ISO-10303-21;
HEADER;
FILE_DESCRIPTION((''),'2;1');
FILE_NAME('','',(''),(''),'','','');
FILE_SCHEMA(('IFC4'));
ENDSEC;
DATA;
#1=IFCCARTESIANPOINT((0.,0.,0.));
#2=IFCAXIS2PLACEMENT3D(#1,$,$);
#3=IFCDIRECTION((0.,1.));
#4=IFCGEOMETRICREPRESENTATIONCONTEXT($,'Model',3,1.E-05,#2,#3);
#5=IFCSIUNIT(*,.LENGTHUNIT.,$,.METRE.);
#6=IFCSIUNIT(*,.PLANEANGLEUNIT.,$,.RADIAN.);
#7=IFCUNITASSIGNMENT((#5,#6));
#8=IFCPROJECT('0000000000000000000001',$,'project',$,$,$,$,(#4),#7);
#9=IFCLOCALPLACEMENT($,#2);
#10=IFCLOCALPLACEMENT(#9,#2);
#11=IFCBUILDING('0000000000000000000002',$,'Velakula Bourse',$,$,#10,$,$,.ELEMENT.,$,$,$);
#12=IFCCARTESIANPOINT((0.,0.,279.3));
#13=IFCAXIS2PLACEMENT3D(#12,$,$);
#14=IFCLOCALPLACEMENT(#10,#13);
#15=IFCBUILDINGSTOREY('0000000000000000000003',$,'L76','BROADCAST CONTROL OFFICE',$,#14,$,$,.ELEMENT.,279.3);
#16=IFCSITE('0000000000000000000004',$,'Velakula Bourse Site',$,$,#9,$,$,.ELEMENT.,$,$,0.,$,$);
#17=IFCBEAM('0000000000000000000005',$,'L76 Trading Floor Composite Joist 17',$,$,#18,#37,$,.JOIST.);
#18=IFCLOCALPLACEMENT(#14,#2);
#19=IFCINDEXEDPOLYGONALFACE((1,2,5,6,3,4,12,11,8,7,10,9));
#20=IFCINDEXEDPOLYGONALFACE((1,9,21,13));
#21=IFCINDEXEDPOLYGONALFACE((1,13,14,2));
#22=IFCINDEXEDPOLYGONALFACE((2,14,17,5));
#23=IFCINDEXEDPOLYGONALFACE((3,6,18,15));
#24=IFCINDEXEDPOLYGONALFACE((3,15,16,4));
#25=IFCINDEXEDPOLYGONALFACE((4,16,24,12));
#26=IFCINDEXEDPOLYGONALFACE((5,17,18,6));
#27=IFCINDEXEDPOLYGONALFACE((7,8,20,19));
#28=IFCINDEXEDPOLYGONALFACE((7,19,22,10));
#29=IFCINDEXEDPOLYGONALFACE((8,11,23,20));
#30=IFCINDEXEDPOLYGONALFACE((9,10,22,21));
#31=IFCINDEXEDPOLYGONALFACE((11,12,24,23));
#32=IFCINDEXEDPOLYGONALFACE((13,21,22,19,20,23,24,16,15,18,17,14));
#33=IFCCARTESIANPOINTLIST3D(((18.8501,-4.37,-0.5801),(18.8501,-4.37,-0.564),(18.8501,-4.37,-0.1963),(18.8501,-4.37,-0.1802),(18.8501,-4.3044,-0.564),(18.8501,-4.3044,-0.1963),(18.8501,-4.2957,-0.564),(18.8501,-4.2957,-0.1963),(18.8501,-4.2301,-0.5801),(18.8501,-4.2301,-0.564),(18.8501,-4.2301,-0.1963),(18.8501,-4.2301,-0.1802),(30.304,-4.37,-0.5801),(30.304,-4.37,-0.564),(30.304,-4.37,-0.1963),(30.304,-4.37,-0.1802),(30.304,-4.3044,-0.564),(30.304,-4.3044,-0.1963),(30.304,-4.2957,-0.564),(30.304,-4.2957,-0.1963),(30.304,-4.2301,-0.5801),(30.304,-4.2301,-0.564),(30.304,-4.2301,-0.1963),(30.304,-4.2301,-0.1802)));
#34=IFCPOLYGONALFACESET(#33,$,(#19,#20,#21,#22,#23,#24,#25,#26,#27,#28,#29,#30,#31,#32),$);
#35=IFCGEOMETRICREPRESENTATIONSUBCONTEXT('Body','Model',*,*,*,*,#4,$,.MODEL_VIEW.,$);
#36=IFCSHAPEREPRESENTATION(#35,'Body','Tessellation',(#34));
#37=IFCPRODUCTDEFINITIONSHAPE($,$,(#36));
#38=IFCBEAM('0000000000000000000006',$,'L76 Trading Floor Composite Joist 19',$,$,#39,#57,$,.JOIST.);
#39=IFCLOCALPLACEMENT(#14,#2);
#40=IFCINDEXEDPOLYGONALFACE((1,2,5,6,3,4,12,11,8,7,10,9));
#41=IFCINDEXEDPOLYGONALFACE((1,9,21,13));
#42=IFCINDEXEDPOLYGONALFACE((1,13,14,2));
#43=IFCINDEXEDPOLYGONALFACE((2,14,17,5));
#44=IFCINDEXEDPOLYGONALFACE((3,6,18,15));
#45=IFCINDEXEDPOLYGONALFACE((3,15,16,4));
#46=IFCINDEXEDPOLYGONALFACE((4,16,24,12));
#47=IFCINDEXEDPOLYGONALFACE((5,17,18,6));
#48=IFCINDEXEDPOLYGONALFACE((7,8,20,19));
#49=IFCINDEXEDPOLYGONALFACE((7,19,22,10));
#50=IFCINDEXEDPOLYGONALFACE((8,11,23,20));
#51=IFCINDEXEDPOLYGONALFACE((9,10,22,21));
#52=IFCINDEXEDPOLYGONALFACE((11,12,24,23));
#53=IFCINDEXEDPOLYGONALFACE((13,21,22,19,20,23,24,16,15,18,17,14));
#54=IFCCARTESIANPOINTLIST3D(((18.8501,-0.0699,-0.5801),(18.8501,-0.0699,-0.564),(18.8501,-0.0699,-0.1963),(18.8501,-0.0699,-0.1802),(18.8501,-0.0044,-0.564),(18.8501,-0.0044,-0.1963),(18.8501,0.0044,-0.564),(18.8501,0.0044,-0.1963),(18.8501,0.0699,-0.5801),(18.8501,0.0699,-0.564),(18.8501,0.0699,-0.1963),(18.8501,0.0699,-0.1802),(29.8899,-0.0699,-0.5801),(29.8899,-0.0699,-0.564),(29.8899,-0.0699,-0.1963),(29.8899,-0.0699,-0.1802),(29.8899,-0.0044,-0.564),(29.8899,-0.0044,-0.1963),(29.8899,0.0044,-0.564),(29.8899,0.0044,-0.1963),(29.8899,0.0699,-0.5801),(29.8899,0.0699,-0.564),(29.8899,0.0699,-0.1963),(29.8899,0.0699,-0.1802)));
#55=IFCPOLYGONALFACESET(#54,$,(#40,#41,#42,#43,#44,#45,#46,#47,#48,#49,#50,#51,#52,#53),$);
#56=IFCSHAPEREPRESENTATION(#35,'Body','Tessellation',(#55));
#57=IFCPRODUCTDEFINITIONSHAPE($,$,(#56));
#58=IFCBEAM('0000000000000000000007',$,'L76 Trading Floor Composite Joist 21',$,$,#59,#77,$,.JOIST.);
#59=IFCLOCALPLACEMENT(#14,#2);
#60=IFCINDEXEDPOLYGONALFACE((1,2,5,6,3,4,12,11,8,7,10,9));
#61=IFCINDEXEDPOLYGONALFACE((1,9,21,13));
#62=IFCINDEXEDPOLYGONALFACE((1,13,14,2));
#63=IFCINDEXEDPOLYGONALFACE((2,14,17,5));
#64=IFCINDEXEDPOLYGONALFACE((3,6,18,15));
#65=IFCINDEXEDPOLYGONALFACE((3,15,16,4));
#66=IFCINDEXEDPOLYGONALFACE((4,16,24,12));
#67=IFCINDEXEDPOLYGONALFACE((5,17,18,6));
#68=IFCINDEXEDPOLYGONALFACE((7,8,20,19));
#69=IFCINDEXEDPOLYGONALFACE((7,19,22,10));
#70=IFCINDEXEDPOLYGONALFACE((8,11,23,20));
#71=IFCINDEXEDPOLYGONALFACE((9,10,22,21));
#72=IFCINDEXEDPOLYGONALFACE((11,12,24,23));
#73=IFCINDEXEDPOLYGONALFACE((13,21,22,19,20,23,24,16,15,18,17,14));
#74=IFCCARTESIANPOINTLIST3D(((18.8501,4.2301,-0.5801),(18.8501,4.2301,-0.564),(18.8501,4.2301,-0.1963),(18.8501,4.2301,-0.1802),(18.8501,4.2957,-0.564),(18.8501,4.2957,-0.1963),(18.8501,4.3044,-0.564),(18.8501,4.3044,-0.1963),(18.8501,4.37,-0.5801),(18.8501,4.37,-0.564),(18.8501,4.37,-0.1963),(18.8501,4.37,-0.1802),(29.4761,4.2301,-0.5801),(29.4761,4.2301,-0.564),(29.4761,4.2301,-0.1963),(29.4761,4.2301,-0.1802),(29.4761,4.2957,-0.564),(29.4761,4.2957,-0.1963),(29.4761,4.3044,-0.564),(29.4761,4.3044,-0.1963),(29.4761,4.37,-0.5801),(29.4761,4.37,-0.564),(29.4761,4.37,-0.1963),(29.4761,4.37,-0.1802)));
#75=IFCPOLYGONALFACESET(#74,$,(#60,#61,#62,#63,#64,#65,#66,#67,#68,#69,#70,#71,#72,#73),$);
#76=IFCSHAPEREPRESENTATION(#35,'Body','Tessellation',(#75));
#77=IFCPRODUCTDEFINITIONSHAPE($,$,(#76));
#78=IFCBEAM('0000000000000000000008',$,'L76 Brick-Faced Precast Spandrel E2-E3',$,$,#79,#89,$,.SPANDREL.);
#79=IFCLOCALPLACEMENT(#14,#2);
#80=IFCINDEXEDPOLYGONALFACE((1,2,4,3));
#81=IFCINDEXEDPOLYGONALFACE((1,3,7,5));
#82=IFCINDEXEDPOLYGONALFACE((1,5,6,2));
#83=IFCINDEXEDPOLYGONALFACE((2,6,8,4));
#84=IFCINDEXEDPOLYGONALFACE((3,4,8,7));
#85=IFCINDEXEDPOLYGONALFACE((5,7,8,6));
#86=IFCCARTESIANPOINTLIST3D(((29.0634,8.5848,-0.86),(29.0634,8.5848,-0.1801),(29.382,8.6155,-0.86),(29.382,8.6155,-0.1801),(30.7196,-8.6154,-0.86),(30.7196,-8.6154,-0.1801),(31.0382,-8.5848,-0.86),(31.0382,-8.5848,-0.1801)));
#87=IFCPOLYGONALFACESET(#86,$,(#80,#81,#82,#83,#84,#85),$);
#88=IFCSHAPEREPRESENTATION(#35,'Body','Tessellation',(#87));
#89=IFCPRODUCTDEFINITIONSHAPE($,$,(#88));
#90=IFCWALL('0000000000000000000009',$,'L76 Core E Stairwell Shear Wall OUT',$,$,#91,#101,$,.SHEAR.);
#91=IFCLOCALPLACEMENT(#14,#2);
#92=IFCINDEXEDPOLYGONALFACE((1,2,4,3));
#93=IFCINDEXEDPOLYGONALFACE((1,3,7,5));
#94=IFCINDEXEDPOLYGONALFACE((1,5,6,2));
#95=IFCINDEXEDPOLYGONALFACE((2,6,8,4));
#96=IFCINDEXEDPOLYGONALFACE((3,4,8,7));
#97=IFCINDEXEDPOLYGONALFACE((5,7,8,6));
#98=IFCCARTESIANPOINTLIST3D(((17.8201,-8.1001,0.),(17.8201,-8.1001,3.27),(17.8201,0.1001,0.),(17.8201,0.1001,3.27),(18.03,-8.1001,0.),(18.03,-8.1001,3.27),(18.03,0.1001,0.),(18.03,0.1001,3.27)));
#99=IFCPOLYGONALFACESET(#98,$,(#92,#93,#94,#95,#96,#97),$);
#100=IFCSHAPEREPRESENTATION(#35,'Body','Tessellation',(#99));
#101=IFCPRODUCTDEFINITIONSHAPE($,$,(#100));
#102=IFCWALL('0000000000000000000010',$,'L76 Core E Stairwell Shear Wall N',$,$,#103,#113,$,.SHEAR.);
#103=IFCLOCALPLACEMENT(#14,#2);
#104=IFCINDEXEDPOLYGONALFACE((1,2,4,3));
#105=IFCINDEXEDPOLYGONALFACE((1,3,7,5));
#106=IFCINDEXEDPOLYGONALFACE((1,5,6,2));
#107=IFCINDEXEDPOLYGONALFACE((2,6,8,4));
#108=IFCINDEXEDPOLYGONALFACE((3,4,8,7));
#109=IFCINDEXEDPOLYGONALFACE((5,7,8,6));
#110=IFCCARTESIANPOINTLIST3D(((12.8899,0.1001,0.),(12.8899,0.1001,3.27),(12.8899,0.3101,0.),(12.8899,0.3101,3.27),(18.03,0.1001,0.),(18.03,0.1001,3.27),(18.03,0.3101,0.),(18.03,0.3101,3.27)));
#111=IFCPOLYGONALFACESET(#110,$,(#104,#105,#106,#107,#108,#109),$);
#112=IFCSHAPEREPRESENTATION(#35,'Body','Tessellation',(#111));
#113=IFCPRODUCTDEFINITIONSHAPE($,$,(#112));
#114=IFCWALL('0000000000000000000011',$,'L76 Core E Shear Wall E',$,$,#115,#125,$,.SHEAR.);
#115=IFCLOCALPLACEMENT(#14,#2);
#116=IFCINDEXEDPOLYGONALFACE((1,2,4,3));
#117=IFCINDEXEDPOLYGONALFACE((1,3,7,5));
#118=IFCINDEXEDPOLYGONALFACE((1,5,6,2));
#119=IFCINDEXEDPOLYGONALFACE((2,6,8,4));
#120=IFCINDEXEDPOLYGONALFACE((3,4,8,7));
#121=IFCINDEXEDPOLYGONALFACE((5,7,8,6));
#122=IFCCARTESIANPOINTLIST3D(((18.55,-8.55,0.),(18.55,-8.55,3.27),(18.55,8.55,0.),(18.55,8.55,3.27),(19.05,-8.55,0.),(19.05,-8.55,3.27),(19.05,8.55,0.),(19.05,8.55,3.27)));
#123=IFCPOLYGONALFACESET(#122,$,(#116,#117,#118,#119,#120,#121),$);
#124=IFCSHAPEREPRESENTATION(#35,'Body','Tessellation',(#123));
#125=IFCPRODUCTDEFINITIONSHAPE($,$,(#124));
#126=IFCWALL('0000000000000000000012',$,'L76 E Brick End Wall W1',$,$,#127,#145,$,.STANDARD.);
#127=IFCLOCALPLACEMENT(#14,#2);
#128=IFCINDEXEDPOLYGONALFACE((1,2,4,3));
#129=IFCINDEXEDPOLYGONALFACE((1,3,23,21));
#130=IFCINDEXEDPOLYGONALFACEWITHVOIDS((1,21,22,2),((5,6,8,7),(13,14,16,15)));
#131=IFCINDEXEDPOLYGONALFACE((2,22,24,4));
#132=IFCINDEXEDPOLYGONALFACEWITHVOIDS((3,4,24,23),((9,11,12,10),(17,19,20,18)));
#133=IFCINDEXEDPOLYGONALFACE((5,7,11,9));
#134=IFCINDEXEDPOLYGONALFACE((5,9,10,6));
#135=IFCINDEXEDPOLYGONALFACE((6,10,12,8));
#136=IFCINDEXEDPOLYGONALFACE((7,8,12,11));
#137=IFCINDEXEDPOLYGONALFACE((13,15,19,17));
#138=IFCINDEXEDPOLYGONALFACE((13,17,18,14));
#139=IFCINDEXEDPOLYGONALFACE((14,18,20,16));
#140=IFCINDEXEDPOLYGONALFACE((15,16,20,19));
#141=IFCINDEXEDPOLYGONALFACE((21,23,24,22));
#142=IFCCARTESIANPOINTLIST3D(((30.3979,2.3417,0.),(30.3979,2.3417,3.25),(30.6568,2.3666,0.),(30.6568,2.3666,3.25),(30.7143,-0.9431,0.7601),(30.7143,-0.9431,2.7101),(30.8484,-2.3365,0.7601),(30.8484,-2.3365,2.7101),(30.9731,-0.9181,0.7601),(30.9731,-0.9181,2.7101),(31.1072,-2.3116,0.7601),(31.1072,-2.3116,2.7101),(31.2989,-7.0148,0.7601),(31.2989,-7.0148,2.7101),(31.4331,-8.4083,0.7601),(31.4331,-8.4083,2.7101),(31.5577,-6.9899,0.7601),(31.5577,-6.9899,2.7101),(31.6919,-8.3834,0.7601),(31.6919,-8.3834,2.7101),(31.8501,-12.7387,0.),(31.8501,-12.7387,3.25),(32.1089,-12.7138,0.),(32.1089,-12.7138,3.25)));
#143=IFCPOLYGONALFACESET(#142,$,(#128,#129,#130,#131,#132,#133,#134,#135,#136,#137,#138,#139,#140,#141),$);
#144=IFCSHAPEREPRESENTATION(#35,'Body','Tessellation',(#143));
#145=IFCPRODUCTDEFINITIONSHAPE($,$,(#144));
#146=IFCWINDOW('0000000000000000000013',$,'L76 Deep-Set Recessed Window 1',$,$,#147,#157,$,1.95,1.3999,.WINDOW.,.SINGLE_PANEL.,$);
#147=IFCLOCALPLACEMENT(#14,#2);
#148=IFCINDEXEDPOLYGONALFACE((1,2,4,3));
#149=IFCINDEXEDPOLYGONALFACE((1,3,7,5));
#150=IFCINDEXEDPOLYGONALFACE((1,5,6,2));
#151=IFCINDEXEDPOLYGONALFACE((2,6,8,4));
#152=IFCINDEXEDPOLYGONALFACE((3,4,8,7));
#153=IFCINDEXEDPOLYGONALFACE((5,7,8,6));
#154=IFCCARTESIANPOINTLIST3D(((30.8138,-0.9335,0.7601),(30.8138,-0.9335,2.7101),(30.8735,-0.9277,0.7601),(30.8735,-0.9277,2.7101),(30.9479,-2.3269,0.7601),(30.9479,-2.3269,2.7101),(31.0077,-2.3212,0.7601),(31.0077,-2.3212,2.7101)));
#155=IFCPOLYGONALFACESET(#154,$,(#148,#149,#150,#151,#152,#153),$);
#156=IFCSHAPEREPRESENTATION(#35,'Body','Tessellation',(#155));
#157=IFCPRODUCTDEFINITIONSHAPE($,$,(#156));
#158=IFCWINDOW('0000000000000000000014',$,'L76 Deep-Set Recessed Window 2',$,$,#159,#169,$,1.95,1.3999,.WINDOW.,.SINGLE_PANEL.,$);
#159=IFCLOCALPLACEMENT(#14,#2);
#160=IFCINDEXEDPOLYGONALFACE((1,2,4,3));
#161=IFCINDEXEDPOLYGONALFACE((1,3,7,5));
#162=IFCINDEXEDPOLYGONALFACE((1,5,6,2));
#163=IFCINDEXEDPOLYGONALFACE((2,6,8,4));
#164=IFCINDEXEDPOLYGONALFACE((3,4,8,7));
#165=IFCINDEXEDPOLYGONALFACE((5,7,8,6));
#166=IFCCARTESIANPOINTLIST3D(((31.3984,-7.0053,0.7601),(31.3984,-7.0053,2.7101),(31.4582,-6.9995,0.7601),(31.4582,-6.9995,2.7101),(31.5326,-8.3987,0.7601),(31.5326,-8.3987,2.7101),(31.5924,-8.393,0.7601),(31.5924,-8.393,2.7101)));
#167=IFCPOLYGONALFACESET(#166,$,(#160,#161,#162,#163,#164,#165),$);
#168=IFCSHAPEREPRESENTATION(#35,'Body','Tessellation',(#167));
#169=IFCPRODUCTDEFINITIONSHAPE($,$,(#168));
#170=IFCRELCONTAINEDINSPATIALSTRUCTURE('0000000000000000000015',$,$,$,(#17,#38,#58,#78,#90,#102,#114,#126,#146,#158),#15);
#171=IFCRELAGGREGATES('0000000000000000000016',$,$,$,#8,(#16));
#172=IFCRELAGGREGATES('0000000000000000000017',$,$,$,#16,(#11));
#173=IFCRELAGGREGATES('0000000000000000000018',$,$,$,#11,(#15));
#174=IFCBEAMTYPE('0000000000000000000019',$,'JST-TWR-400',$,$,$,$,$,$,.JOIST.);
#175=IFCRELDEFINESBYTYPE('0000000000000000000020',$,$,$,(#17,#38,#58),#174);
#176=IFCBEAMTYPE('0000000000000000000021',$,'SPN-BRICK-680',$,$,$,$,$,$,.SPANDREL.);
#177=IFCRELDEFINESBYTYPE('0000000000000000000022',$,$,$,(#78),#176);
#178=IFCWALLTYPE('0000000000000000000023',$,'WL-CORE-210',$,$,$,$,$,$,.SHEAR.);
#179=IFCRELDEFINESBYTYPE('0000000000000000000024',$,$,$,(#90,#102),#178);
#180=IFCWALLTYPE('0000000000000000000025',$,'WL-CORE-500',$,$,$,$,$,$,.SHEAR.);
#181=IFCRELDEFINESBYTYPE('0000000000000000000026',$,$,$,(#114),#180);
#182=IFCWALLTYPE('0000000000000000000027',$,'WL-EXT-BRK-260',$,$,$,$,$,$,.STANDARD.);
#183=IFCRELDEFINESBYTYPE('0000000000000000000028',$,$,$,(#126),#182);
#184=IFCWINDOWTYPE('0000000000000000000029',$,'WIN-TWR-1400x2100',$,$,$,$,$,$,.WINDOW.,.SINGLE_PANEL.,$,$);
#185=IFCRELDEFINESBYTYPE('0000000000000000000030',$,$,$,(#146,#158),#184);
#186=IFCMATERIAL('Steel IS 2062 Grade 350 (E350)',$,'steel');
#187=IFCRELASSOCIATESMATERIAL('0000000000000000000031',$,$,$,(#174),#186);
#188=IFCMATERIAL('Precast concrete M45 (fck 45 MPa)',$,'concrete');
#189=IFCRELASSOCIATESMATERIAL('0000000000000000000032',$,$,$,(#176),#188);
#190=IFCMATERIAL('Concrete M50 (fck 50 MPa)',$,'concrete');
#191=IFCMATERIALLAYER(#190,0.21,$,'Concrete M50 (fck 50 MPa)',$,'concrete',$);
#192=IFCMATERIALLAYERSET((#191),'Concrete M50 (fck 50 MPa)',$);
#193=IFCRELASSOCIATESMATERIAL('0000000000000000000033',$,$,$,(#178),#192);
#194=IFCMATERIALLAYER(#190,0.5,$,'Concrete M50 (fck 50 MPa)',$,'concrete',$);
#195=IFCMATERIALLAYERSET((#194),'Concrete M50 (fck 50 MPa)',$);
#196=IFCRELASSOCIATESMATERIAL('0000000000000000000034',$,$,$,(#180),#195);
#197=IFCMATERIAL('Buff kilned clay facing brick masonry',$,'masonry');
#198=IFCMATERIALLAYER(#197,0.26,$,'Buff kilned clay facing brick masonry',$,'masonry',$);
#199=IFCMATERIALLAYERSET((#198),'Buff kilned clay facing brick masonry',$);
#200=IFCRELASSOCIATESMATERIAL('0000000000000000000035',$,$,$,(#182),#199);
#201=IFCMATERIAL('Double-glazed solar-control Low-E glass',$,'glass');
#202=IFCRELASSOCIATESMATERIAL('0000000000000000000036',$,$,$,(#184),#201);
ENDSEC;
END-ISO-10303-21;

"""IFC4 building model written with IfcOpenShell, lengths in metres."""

from ifc_helpers import new_model, si_unit, direction, frame, frame_2d, origin, origin_2d, place, context, subcontext, project, spatial, rectangle, i_section, extrude, material, layer, layer_set, material_profile, profile_set, type_object, element, fill, save


model = new_model("IFC4")

# Units and contexts
model_context = context("Model", 3, precision=1e-05, world=origin(), true_north=direction((0.0, 1.0)))
body_context = subcontext(model_context, "Body", "Model", "MODEL_VIEW")
ifc_project = project(units=[si_unit("LENGTHUNIT", "METRE"), si_unit("PLANEANGLEUNIT", "RADIAN")], contexts=[model_context])

# Site, building, storey
site_placement = place(None, origin())
site = spatial("IfcSite", under=ifc_project, at=site_placement, Name="Velakula Bourse Site", CompositionType="ELEMENT", RefElevation=0.0)
building_placement = place(site_placement, origin())
building = spatial("IfcBuilding", under=site, at=building_placement, Name="Velakula Bourse", CompositionType="ELEMENT")
storey_placement = place(building_placement, frame((0.0, 0.0, 279.3)))
storey = spatial("IfcBuildingStorey", under=building, at=storey_placement, Name="L76", Description="BROADCAST CONTROL OFFICE", CompositionType="ELEMENT", Elevation=279.3)

# Shared definitions
ifc_material_1 = material(Name="Concrete M50 (fck 50 MPa)", Category="concrete")
ifc_material_2 = material(Name="Steel IS 2062 Grade 350 (E350)", Category="steel")

# Beams
ifc_material_profile_1 = material_profile(ifc_material_2, i_section(OverallWidth=0.1399, OverallDepth=0.3999, WebThickness=0.0088, FlangeThickness=0.0161, at=origin_2d()), Name="Steel IS 2062 Grade 350 (E350)")
ifc_profile_set_1 = profile_set([ifc_material_profile_1], Name="Steel IS 2062 Grade 350 (E350)")
beam_type_1 = type_object("IfcBeamType", Name="JST-TWR-400", PredefinedType="JOIST", material=ifc_profile_set_1)
beam_1_placement = place(storey_placement, frame((18.8501, -4.3, -0.3801), z_axis=(1.0, 0.0, 0.0), x_axis=(0.0, 1.0, 0.0)))
element("IfcBeam", 1, at=beam_1_placement, inside=storey, type_object=beam_type_1, Name="L76 Trading Floor Composite Joist 17", PredefinedType="JOIST", context=body_context, shape_type="SweptSolid", body=[
    extrude(i_section(OverallWidth=0.1399, OverallDepth=0.3999, WebThickness=0.0088, FlangeThickness=0.0161, at=origin_2d()), origin(), (0.0, 0.0, 1.0), 11.4539),
])
beam_2_placement = place(storey_placement, frame((18.8501, 0.0, -0.3801), z_axis=(1.0, 0.0, 0.0), x_axis=(0.0, 1.0, 0.0)))
element("IfcBeam", 2, at=beam_2_placement, inside=storey, type_object=beam_type_1, Name="L76 Trading Floor Composite Joist 19", PredefinedType="JOIST", context=body_context, shape_type="SweptSolid", body=[
    extrude(i_section(OverallWidth=0.1399, OverallDepth=0.3999, WebThickness=0.0088, FlangeThickness=0.0161, at=origin_2d()), origin(), (0.0, 0.0, 1.0), 11.0398),
])
beam_3_placement = place(storey_placement, frame((18.8501, 4.3, -0.3801), z_axis=(1.0, 0.0, 0.0), x_axis=(0.0, 1.0, 0.0)))
element("IfcBeam", 3, at=beam_3_placement, inside=storey, type_object=beam_type_1, Name="L76 Trading Floor Composite Joist 21", PredefinedType="JOIST", context=body_context, shape_type="SweptSolid", body=[
    extrude(i_section(OverallWidth=0.1399, OverallDepth=0.3999, WebThickness=0.0088, FlangeThickness=0.0161, at=origin_2d()), origin(), (0.0, 0.0, 1.0), 10.626),
])
ifc_material_3 = material(Name="Precast concrete M45 (fck 45 MPa)", Category="concrete")
ifc_material_profile_2 = material_profile(ifc_material_3, rectangle(XDim=0.3201, YDim=0.6799, at=origin_2d()), Name="Precast concrete M45 (fck 45 MPa)")
ifc_profile_set_2 = profile_set([ifc_material_profile_2], Name="Precast concrete M45 (fck 45 MPa)")
beam_type_2 = type_object("IfcBeamType", Name="SPN-BRICK-680", PredefinedType="SPANDREL", material=ifc_profile_set_2)
beam_4_placement = place(storey_placement, frame((30.8789, -8.6001, -0.52), z_axis=(-0.095849, 0.995396, 0.0), x_axis=(-0.995396, -0.095849, 0.0)))
element("IfcBeam", 4, at=beam_4_placement, inside=storey, type_object=beam_type_2, Name="L76 Brick-Faced Precast Spandrel E2-E3", PredefinedType="SPANDREL", context=body_context, shape_type="SweptSolid", body=[
    extrude(rectangle(XDim=0.3201, YDim=0.6799, at=origin_2d()), origin(), (0.0, 0.0, 1.0), 17.2798),
])

# Walls
ifc_layer_1 = layer(ifc_material_1, 0.21, Name="Concrete M50 (fck 50 MPa)", Category="concrete")
ifc_layer_set_1 = layer_set([ifc_layer_1], Name="Concrete M50 (fck 50 MPa)")
wall_type_1 = type_object("IfcWallType", Name="WL-CORE-210", PredefinedType="SHEAR", material=ifc_layer_set_1)
wall_1_placement = place(storey_placement, frame((17.925, -8.1001, 0.0), z_axis=(0.0, 0.0, 1.0), x_axis=(0.0, 1.0, 0.0)))
element("IfcWall", 5, at=wall_1_placement, inside=storey, type_object=wall_type_1, Name="L76 Core E Stairwell Shear Wall OUT", PredefinedType="SHEAR", context=body_context, shape_type="SweptSolid", body=[
    extrude(rectangle(XDim=8.2002, YDim=0.21, at=frame_2d((4.1001, 0.0))), origin(), (0.0, 0.0, 1.0), 3.27),
])
wall_2_placement = place(storey_placement, frame((18.03, 0.2051, 0.0), z_axis=(0.0, 0.0, 1.0), x_axis=(-1.0, 0.0, 0.0)))
element("IfcWall", 6, at=wall_2_placement, inside=storey, type_object=wall_type_1, Name="L76 Core E Stairwell Shear Wall N", PredefinedType="SHEAR", context=body_context, shape_type="SweptSolid", body=[
    extrude(rectangle(XDim=5.1401, YDim=0.21, at=frame_2d((2.5701, 0.0))), origin(), (0.0, 0.0, 1.0), 3.27),
])
ifc_layer_2 = layer(ifc_material_1, 0.5, Name="Concrete M50 (fck 50 MPa)", Category="concrete")
ifc_layer_set_2 = layer_set([ifc_layer_2], Name="Concrete M50 (fck 50 MPa)")
wall_type_2 = type_object("IfcWallType", Name="WL-CORE-500", PredefinedType="SHEAR", material=ifc_layer_set_2)
wall_3_placement = place(storey_placement, frame((18.8, -8.55, 0.0), z_axis=(0.0, 0.0, 1.0), x_axis=(0.0, 1.0, 0.0)))
element("IfcWall", 7, at=wall_3_placement, inside=storey, type_object=wall_type_2, Name="L76 Core E Shear Wall E", PredefinedType="SHEAR", context=body_context, shape_type="SweptSolid", body=[
    extrude(rectangle(XDim=17.1001, YDim=0.5, at=frame_2d((8.55, 0.0))), origin(), (0.0, 0.0, 1.0), 3.27),
])

# Wall, openings, windows
ifc_material_4 = material(Name="Buff kilned clay facing brick masonry", Category="masonry")
ifc_layer_3 = layer(ifc_material_4, 0.26, Name="Buff kilned clay facing brick masonry", Category="masonry")
ifc_layer_set_3 = layer_set([ifc_layer_3], Name="Buff kilned clay facing brick masonry")
wall_type_3 = type_object("IfcWallType", Name="WL-EXT-BRK-260", PredefinedType="STANDARD", material=ifc_layer_set_3)
wall_4_placement = place(storey_placement, frame((30.5273, 2.3542, 0.0), z_axis=(0.0, 0.0, 1.0), x_axis=(0.095851, -0.995396, 0.0)))
wall_4 = element("IfcWall", 8, at=wall_4_placement, inside=storey, type_object=wall_type_3, Name="L76 E Brick End Wall W1", PredefinedType="STANDARD", context=body_context, shape_type="SweptSolid", body=[
    extrude(rectangle(XDim=15.1501, YDim=0.26, at=frame_2d((7.5752, 0.0))), origin(), (0.0, 0.0, 1.0), 3.25),
])
opening_1_placement = place(wall_4_placement, frame((3.3, 0.0, 0.76)))
opening_1 = element("IfcOpeningElement", 9, at=opening_1_placement, cuts=wall_4, PredefinedType="OPENING", context=body_context, shape_type="SweptSolid", body=[
    extrude(rectangle(XDim=1.3999, YDim=1.95, at=frame_2d((0.7, 0.9751))), frame((0.0, 0.1399, 0.0), z_axis=(0.0, -1.0, 0.0), x_axis=(1.0, 0.0, 0.0)), (0.0, 0.0, 1.0), 0.28),
])
opening_2_placement = place(wall_4_placement, frame((9.3999, 0.0, 0.76)))
opening_2 = element("IfcOpeningElement", 10, at=opening_2_placement, cuts=wall_4, PredefinedType="OPENING", context=body_context, shape_type="SweptSolid", body=[
    extrude(rectangle(XDim=1.3999, YDim=1.95, at=frame_2d((0.7, 0.9751))), frame((0.0, 0.1399, 0.0), z_axis=(0.0, -1.0, 0.0), x_axis=(1.0, 0.0, 0.0)), (0.0, 0.0, 1.0), 0.28),
])
ifc_material_5 = material(Name="Double-glazed solar-control Low-E glass", Category="glass")
window_type = type_object("IfcWindowType", Name="WIN-TWR-1400x2100", PartitioningType="SINGLE_PANEL", PredefinedType="WINDOW", material=ifc_material_5)
window_1_placement = place(opening_1_placement, origin())
window_1 = element("IfcWindow", 11, at=window_1_placement, inside=storey, type_object=window_type, Name="L76 Deep-Set Recessed Window 1", OverallHeight=1.95, OverallWidth=1.3999, PartitioningType="SINGLE_PANEL", PredefinedType="WINDOW", context=body_context, shape_type="SweptSolid", body=[
    extrude(rectangle(XDim=1.3999, YDim=1.95, at=frame_2d((0.7, 0.9751))), frame((0.0, 0.03, 0.0), z_axis=(0.0, -1.0, 0.0), x_axis=(1.0, 0.0, 0.0)), (0.0, 0.0, 1.0), 0.0601),
])
fill(opening_1, window_1)
window_2_placement = place(opening_2_placement, origin())
window_2 = element("IfcWindow", 12, at=window_2_placement, inside=storey, type_object=window_type, Name="L76 Deep-Set Recessed Window 2", OverallHeight=1.95, OverallWidth=1.3999, PartitioningType="SINGLE_PANEL", PredefinedType="WINDOW", context=body_context, shape_type="SweptSolid", body=[
    extrude(rectangle(XDim=1.3999, YDim=1.95, at=frame_2d((0.7, 0.9751))), frame((0.0, 0.03, 0.0), z_axis=(0.0, -1.0, 0.0), x_axis=(1.0, 0.0, 0.0)), (0.0, 0.0, 1.0), 0.0601),
])
fill(opening_2, window_2)

save(model, "model.ifc")
